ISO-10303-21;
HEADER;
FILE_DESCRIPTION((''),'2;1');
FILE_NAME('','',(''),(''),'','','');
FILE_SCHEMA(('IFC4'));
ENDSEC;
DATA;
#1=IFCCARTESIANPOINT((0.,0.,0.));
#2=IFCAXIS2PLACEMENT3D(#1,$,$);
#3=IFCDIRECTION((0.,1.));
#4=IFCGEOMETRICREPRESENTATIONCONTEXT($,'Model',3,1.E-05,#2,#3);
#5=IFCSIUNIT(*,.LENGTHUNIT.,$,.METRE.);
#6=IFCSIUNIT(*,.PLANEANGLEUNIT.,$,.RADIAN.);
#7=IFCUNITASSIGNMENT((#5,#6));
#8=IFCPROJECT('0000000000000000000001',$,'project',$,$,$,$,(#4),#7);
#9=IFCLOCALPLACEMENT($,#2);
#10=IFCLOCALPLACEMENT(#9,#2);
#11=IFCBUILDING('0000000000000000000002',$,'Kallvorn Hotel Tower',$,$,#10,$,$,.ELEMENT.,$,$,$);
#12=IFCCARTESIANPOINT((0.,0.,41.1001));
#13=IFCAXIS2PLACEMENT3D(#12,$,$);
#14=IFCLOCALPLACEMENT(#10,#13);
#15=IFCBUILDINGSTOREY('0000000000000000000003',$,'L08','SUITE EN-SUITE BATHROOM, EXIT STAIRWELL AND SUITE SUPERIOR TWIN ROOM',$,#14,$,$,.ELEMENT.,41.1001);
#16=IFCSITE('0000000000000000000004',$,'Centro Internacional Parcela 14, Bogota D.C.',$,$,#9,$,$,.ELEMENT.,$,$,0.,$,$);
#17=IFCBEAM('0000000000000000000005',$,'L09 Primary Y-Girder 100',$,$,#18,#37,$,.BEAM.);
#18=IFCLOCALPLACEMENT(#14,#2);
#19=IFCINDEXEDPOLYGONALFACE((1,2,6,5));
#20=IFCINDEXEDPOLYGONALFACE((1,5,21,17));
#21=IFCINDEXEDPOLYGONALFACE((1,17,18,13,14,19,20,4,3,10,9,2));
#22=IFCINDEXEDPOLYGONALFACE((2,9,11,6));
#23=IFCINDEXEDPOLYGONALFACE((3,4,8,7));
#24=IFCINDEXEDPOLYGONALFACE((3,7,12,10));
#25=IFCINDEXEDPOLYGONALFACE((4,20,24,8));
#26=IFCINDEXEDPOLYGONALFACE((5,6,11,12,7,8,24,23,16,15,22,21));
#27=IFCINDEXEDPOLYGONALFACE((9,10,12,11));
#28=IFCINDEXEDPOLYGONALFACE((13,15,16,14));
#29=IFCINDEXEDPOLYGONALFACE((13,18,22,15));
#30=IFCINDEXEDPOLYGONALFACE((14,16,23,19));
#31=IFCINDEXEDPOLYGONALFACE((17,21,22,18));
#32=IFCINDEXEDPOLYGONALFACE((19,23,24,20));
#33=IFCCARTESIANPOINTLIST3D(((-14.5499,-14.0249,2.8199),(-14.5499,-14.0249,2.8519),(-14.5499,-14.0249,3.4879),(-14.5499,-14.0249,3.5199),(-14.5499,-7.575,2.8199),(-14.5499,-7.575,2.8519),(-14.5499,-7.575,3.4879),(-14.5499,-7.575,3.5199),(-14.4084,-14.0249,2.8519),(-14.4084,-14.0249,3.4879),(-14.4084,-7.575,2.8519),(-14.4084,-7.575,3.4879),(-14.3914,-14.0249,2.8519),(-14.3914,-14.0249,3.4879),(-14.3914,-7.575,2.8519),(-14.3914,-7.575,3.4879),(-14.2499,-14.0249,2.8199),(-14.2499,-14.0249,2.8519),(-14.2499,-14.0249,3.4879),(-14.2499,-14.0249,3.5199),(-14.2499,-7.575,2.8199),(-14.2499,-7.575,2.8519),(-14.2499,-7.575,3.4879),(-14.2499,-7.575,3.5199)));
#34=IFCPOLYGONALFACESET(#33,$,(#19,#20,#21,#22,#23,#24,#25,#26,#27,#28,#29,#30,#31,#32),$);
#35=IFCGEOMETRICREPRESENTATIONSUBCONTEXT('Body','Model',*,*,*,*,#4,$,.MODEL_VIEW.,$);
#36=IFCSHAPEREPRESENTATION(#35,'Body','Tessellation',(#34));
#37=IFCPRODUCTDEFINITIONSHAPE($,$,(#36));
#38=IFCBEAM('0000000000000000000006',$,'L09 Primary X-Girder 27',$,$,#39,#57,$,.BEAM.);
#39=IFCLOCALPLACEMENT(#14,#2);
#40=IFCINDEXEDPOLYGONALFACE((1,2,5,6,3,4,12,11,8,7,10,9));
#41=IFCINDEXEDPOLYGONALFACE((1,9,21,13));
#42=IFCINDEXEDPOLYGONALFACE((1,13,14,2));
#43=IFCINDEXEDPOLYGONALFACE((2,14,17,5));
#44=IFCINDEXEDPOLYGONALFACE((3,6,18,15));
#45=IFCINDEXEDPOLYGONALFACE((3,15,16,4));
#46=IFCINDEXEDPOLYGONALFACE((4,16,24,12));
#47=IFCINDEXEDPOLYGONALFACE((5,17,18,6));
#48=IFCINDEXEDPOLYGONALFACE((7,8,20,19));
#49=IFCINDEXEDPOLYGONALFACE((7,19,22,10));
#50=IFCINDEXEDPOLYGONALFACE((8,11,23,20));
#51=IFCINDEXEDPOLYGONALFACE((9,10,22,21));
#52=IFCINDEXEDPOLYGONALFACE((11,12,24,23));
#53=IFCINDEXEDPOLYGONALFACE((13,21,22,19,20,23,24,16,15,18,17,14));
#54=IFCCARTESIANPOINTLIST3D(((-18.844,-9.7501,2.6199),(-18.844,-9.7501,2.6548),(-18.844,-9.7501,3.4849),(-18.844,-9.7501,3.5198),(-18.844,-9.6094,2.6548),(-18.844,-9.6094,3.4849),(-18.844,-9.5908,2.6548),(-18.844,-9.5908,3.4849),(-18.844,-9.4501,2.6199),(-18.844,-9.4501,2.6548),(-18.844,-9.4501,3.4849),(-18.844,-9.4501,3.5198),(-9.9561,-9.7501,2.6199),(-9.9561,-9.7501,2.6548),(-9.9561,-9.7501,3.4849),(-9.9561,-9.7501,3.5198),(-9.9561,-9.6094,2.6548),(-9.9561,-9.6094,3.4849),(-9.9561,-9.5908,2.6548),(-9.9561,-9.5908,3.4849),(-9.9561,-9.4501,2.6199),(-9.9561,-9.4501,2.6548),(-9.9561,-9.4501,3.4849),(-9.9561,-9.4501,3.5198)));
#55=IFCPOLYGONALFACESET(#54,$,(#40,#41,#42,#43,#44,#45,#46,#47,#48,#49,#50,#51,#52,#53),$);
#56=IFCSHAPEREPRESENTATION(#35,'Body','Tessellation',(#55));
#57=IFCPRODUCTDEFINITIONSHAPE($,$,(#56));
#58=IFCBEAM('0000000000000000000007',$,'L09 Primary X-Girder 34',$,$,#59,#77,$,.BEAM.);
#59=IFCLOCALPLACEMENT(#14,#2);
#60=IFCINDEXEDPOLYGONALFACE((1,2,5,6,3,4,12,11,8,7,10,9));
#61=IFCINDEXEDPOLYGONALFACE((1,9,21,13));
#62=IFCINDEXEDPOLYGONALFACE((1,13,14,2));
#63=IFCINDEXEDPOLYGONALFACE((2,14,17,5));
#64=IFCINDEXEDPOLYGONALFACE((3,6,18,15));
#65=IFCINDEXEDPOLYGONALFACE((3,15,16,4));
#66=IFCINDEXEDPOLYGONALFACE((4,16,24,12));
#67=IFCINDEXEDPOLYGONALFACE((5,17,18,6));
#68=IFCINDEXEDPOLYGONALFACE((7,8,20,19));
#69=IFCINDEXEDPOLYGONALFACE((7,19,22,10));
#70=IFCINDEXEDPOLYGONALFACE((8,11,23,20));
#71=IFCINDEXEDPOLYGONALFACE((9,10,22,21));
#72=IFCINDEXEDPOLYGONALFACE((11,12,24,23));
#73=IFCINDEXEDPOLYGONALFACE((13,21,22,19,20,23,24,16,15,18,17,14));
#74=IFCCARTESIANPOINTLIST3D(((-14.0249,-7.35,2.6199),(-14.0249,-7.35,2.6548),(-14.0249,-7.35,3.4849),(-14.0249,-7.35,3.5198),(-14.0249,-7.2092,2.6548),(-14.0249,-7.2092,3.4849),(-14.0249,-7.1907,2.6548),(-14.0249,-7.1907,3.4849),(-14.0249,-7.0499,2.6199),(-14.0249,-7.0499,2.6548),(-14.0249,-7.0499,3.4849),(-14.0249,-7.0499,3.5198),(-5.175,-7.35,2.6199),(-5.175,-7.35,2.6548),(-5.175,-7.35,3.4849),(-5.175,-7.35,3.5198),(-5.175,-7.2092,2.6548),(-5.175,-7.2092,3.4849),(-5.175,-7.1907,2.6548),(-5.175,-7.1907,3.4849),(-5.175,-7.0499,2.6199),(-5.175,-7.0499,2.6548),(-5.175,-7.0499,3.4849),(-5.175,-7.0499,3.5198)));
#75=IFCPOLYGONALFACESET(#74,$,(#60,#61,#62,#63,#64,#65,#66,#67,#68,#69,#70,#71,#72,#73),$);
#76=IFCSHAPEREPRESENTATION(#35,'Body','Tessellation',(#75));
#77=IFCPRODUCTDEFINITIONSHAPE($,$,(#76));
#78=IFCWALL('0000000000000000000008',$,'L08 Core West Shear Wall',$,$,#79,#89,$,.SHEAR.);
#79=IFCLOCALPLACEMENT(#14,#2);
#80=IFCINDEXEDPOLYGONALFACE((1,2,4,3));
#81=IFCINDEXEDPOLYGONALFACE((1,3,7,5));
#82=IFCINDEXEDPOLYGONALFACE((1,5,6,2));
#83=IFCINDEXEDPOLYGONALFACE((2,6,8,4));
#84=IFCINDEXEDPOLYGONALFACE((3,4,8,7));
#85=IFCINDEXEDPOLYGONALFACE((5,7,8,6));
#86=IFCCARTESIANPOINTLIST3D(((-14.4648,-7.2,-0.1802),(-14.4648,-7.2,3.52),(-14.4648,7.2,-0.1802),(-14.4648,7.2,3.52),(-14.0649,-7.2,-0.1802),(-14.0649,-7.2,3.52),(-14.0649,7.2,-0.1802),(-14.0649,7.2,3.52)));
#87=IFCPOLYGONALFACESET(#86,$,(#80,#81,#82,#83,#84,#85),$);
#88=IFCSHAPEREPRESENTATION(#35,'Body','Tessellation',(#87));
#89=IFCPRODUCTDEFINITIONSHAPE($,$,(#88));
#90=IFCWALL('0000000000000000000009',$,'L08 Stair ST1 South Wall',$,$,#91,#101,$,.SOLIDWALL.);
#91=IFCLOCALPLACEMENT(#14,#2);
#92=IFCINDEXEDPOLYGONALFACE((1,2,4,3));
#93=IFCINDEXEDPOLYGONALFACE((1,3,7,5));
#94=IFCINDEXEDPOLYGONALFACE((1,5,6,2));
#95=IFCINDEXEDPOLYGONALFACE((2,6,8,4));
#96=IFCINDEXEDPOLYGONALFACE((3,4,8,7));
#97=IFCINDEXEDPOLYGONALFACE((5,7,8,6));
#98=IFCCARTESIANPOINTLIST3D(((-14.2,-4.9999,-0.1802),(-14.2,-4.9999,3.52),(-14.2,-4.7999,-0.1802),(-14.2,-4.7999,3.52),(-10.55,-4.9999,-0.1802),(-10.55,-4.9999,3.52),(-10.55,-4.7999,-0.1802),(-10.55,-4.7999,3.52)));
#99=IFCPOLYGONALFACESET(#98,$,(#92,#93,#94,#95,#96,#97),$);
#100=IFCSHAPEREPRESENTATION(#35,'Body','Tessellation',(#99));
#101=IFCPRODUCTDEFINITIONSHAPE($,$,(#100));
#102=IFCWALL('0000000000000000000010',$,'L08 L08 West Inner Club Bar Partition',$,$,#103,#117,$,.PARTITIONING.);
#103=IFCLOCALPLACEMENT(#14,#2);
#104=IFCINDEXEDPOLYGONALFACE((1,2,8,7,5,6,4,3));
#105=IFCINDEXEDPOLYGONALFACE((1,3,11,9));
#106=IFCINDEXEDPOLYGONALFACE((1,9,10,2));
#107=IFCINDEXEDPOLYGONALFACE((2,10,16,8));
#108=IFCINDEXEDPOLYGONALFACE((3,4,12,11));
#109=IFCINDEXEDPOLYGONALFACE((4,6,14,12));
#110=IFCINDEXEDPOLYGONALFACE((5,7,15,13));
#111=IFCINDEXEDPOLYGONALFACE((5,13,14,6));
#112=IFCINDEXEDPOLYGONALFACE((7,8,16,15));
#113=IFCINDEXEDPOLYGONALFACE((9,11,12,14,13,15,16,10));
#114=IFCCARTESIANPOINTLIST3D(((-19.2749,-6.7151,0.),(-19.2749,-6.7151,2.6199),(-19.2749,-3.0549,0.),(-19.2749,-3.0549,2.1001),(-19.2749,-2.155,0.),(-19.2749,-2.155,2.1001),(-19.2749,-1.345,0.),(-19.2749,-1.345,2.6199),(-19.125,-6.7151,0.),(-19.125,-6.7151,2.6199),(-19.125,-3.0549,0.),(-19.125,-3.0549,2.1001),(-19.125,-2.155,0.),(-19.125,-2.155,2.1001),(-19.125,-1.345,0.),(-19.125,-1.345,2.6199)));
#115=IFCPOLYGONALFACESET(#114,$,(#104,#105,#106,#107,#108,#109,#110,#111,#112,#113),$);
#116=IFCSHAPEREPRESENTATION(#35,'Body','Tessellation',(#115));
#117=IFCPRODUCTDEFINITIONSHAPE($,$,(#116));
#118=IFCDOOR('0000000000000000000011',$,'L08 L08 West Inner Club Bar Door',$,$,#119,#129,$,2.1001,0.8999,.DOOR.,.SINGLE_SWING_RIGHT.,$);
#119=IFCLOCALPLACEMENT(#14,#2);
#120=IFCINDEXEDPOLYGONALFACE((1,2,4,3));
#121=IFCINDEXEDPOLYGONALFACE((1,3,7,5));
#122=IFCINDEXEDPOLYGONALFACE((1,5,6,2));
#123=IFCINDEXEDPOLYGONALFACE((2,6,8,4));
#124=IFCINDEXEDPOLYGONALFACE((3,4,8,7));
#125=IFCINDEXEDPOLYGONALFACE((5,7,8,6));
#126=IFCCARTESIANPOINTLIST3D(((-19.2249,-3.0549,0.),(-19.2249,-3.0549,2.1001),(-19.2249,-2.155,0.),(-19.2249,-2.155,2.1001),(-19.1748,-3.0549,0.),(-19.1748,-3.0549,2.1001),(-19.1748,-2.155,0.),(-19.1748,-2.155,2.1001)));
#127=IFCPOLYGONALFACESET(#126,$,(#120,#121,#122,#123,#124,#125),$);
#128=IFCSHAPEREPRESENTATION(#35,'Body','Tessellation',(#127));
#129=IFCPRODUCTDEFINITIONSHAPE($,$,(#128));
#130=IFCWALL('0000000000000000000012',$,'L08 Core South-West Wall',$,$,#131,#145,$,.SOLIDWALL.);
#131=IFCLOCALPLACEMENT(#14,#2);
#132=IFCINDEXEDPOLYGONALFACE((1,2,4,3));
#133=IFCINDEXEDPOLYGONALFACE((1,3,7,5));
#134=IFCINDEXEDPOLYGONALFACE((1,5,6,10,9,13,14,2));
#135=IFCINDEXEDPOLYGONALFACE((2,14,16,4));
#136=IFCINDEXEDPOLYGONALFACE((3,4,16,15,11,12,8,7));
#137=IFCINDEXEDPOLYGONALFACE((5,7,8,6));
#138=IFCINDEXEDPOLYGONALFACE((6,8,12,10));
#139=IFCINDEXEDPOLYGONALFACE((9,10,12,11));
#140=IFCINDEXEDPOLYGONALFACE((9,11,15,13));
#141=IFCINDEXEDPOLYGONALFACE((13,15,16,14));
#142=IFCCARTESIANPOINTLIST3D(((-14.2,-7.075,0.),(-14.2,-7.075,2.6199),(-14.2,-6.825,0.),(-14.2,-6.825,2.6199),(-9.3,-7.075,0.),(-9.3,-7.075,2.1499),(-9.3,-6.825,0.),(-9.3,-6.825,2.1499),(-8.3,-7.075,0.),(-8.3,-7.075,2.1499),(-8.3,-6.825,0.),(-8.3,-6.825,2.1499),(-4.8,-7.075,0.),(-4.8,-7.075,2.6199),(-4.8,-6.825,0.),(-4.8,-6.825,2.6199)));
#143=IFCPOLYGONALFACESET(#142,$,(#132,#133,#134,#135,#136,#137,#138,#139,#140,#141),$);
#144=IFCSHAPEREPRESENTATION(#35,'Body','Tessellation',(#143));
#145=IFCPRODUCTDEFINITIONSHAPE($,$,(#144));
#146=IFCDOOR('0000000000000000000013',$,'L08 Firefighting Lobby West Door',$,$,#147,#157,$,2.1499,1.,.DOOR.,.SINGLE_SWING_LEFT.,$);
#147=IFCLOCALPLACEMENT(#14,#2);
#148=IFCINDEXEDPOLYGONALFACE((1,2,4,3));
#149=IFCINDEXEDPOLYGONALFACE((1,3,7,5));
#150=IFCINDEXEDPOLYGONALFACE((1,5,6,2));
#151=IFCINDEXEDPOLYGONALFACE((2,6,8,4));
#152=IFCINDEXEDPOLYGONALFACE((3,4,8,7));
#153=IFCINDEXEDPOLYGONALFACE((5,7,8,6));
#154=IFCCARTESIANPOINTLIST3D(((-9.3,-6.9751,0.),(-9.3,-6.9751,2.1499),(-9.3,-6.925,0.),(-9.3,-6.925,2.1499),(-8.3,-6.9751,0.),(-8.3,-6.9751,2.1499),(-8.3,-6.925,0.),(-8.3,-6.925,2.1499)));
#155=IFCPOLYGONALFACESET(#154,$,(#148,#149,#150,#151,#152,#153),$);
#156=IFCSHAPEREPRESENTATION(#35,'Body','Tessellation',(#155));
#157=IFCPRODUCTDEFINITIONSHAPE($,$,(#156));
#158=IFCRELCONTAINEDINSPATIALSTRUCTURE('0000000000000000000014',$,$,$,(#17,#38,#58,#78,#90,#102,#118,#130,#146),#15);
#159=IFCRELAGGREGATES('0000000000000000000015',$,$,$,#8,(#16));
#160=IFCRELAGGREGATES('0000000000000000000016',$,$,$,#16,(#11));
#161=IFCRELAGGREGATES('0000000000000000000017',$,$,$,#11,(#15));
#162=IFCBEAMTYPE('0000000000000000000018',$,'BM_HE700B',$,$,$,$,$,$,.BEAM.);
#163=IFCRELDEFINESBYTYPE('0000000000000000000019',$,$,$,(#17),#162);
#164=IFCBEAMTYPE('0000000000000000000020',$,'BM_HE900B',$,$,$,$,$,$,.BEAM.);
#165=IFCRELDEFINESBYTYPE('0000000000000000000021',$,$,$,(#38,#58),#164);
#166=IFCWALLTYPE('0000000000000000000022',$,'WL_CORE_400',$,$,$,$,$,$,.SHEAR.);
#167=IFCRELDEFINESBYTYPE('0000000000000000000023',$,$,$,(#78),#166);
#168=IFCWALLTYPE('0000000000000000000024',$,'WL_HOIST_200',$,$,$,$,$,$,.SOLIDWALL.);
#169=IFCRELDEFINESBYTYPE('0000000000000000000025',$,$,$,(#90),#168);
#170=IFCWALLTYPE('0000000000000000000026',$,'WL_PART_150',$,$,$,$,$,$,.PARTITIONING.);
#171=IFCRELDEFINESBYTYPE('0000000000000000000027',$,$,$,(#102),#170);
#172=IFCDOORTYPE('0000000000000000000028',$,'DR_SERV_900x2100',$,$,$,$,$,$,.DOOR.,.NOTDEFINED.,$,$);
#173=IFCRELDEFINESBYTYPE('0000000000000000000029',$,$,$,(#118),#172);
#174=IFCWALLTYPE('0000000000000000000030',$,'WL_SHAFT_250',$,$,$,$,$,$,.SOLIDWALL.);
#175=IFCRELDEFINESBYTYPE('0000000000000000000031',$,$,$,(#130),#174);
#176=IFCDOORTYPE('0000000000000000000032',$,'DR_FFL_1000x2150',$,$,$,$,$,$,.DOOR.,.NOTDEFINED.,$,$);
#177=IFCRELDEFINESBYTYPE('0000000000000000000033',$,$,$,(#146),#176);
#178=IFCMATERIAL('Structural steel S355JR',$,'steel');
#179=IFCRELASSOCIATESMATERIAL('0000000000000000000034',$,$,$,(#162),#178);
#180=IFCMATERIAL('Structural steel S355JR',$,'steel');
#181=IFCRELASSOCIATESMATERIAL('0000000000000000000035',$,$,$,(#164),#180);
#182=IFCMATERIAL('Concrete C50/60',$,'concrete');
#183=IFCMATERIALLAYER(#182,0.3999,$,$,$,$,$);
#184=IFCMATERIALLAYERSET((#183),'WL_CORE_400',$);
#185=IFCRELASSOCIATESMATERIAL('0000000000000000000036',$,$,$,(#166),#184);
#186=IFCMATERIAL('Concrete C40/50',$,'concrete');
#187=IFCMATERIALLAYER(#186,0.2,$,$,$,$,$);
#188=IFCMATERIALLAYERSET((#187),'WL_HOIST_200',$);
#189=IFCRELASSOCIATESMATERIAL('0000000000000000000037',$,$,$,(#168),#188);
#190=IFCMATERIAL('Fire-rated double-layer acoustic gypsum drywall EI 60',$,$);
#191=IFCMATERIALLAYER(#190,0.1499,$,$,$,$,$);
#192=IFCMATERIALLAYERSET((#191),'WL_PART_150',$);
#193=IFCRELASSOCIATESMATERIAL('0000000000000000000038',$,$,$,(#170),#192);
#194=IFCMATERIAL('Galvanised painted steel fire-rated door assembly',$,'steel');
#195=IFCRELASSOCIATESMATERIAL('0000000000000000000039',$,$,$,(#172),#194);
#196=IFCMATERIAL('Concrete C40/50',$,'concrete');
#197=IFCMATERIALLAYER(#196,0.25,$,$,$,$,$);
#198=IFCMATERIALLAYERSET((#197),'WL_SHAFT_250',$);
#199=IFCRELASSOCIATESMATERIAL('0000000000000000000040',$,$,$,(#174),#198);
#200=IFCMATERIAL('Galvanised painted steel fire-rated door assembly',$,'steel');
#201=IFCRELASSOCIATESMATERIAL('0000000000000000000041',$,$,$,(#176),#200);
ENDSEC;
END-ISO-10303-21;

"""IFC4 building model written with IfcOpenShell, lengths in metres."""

from ifc_helpers import new_model, si_unit, direction, frame, frame_2d, origin, origin_2d, place, context, subcontext, project, spatial, rectangle, i_section, extrude, material, layer, layer_set, material_profile, profile_set, type_object, element, fill, save


model = new_model("IFC4")

# Units and contexts
model_context = context("Model", 3, precision=1e-05, world=origin(), true_north=direction((0.0, 1.0)))
body_context = subcontext(model_context, "Body", "Model", "MODEL_VIEW")
ifc_project = project(units=[si_unit("LENGTHUNIT", "METRE"), si_unit("PLANEANGLEUNIT", "RADIAN")], contexts=[model_context])

# Site, building, storey
site_placement = place(None, origin())
site = spatial("IfcSite", under=ifc_project, at=site_placement, Name="Centro Internacional Parcela 14, Bogota D.C.", CompositionType="ELEMENT", RefElevation=0.0)
building_placement = place(site_placement, origin())
building = spatial("IfcBuilding", under=site, at=building_placement, Name="Kallvorn Hotel Tower", CompositionType="ELEMENT")
storey_placement = place(building_placement, frame((0.0, 0.0, 41.1001)))
storey = spatial("IfcBuildingStorey", under=building, at=storey_placement, Name="L08", Description="SUITE EN-SUITE BATHROOM, EXIT STAIRWELL AND SUITE SUPERIOR TWIN ROOM", CompositionType="ELEMENT", Elevation=41.1001)

# Beams
ifc_material_1 = material(Name="Structural steel S355JR", Category="steel")
ifc_material_profile_1 = material_profile(ifc_material_1, i_section(OverallWidth=0.3, OverallDepth=0.7, WebThickness=0.0171, FlangeThickness=0.032, at=origin_2d()), Name="HE 700 B")
ifc_profile_set_1 = profile_set([ifc_material_profile_1], Name="Structural steel S355JR")
beam_type_1 = type_object("IfcBeamType", Name="BM_HE700B", PredefinedType="BEAM", material=ifc_profile_set_1)
beam_1_placement = place(storey_placement, frame((-14.3999, -14.0249, 3.1699), z_axis=(0.0, 1.0, 0.0), x_axis=(-1.0, 0.0, 0.0)))
element("IfcBeam", 1, at=beam_1_placement, inside=storey, type_object=beam_type_1, Name="L09 Primary Y-Girder 100", PredefinedType="BEAM", context=body_context, shape_type="SweptSolid", body=[
    extrude(i_section(OverallWidth=0.3, OverallDepth=0.7, WebThickness=0.0171, FlangeThickness=0.032, at=origin_2d()), origin(), (0.0, 0.0, 1.0), 6.45),
])
ifc_material_2 = material(Name="Structural steel S355JR", Category="steel")
ifc_material_profile_2 = material_profile(ifc_material_2, i_section(OverallWidth=0.3, OverallDepth=0.8999, WebThickness=0.0186, FlangeThickness=0.0349, at=origin_2d()), Name="HE 900 B")
ifc_profile_set_2 = profile_set([ifc_material_profile_2], Name="Structural steel S355JR")
beam_type_2 = type_object("IfcBeamType", Name="BM_HE900B", PredefinedType="BEAM", material=ifc_profile_set_2)
beam_2_placement = place(storey_placement, frame((-18.844, -9.6001, 3.0698), z_axis=(1.0, 0.0, 0.0), x_axis=(0.0, 1.0, 0.0)))
element("IfcBeam", 2, at=beam_2_placement, inside=storey, type_object=beam_type_2, Name="L09 Primary X-Girder 27", PredefinedType="BEAM", context=body_context, shape_type="SweptSolid", body=[
    extrude(i_section(OverallWidth=0.3, OverallDepth=0.8999, WebThickness=0.0186, FlangeThickness=0.0349, at=origin_2d()), origin(), (0.0, 0.0, 1.0), 8.8879),
])
beam_3_placement = place(storey_placement, frame((-14.0249, -7.2, 3.0698), z_axis=(1.0, 0.0, 0.0), x_axis=(0.0, 1.0, 0.0)))
element("IfcBeam", 3, at=beam_3_placement, inside=storey, type_object=beam_type_2, Name="L09 Primary X-Girder 34", PredefinedType="BEAM", context=body_context, shape_type="SweptSolid", body=[
    extrude(i_section(OverallWidth=0.3, OverallDepth=0.8999, WebThickness=0.0186, FlangeThickness=0.0349, at=origin_2d()), origin(), (0.0, 0.0, 1.0), 8.8499),
])

# Walls
ifc_material_3 = material(Name="Concrete C50/60", Category="concrete")
ifc_layer_1 = layer(ifc_material_3, 0.3999)
ifc_layer_set_1 = layer_set([ifc_layer_1], Name="WL_CORE_400")
wall_type_1 = type_object("IfcWallType", Name="WL_CORE_400", PredefinedType="SHEAR", material=ifc_layer_set_1)
wall_1_placement = place(storey_placement, frame((-14.2649, -7.2, -0.1802), z_axis=(0.0, 0.0, 1.0), x_axis=(0.0, 1.0, 0.0)))
element("IfcWall", 4, at=wall_1_placement, inside=storey, type_object=wall_type_1, Name="L08 Core West Shear Wall", PredefinedType="SHEAR", context=body_context, shape_type="SweptSolid", body=[
    extrude(rectangle(XDim=14.3999, YDim=0.3999, at=frame_2d((7.2, 0.0))), origin(), (0.0, 0.0, 1.0), 3.7002),
])
ifc_material_4 = material(Name="Concrete C40/50", Category="concrete")
ifc_layer_2 = layer(ifc_material_4, 0.2)
ifc_layer_set_2 = layer_set([ifc_layer_2], Name="WL_HOIST_200")
wall_type_2 = type_object("IfcWallType", Name="WL_HOIST_200", PredefinedType="SOLIDWALL", material=ifc_layer_set_2)
wall_2_placement = place(storey_placement, frame((-14.2, -4.8999, -0.1802), z_axis=(0.0, 0.0, 1.0), x_axis=(1.0, 0.0, 0.0)))
element("IfcWall", 5, at=wall_2_placement, inside=storey, type_object=wall_type_2, Name="L08 Stair ST1 South Wall", PredefinedType="SOLIDWALL", context=body_context, shape_type="SweptSolid", body=[
    extrude(rectangle(XDim=3.6499, YDim=0.2, at=frame_2d((1.825, 0.0))), origin(), (0.0, 0.0, 1.0), 3.7002),
])

# Walls, openings, doors
ifc_material_5 = material(Name="Fire-rated double-layer acoustic gypsum drywall EI 60")
ifc_layer_3 = layer(ifc_material_5, 0.1499)
ifc_layer_set_3 = layer_set([ifc_layer_3], Name="WL_PART_150")
wall_type_3 = type_object("IfcWallType", Name="WL_PART_150", PredefinedType="PARTITIONING", material=ifc_layer_set_3)
wall_3_placement = place(storey_placement, frame((-19.2, -6.7151, 0.0), z_axis=(0.0, 0.0, 1.0), x_axis=(0.0, 1.0, 0.0)))
wall_3 = element("IfcWall", 6, at=wall_3_placement, inside=storey, type_object=wall_type_3, Name="L08 L08 West Inner Club Bar Partition", PredefinedType="PARTITIONING", context=body_context, shape_type="SweptSolid", body=[
    extrude(rectangle(XDim=5.3701, YDim=0.1499, at=frame_2d((2.6851, 0.0))), origin(), (0.0, 0.0, 1.0), 2.6199),
])
opening_1_placement = place(wall_3_placement, frame((3.6602, 0.0, 0.0)))
opening_1 = element("IfcOpeningElement", 7, at=opening_1_placement, cuts=wall_3, PredefinedType="OPENING", context=body_context, shape_type="SweptSolid", body=[
    extrude(rectangle(XDim=0.8999, YDim=2.1001, at=frame_2d((0.45, 1.05))), frame((0.0, 0.0898, 0.0), z_axis=(0.0, -1.0, 0.0), x_axis=(1.0, 0.0, 0.0)), (0.0, 0.0, 1.0), 0.1799),
])
ifc_material_6 = material(Name="Galvanised painted steel fire-rated door assembly", Category="steel")
door_type_1 = type_object("IfcDoorType", Name="DR_SERV_900x2100", OperationType="NOTDEFINED", PredefinedType="DOOR", material=ifc_material_6)
door_1_placement = place(opening_1_placement, origin())
door_1 = element("IfcDoor", 8, at=door_1_placement, inside=storey, type_object=door_type_1, Name="L08 L08 West Inner Club Bar Door", OperationType="SINGLE_SWING_RIGHT", OverallHeight=2.1001, OverallWidth=0.8999, PredefinedType="DOOR", context=body_context, shape_type="SweptSolid", body=[
    extrude(rectangle(XDim=0.8999, YDim=2.1001, at=frame_2d((0.45, 1.05))), frame((0.0, 0.0249, 0.0), z_axis=(0.0, -1.0, 0.0), x_axis=(1.0, 0.0, 0.0)), (0.0, 0.0, 1.0), 0.05),
])
fill(opening_1, door_1)
ifc_material_7 = material(Name="Concrete C40/50", Category="concrete")
ifc_layer_4 = layer(ifc_material_7, 0.25)
ifc_layer_set_4 = layer_set([ifc_layer_4], Name="WL_SHAFT_250")
wall_type_4 = type_object("IfcWallType", Name="WL_SHAFT_250", PredefinedType="SOLIDWALL", material=ifc_layer_set_4)
wall_4_placement = place(storey_placement, frame((-14.2, -6.95, 0.0), z_axis=(0.0, 0.0, 1.0), x_axis=(1.0, 0.0, 0.0)))
wall_4 = element("IfcWall", 9, at=wall_4_placement, inside=storey, type_object=wall_type_4, Name="L08 Core South-West Wall", PredefinedType="SOLIDWALL", context=body_context, shape_type="SweptSolid", body=[
    extrude(rectangle(XDim=9.3999, YDim=0.25, at=frame_2d((4.7, 0.0))), origin(), (0.0, 0.0, 1.0), 2.6199),
])
opening_2_placement = place(wall_4_placement, frame((4.8999, 0.0, 0.0)))
opening_2 = element("IfcOpeningElement", 10, at=opening_2_placement, cuts=wall_4, PredefinedType="OPENING", context=body_context, shape_type="SweptSolid", body=[
    extrude(rectangle(XDim=1.0, YDim=2.1499, at=frame_2d((0.5, 1.075))), frame((0.0, 0.1399, 0.0), z_axis=(0.0, -1.0, 0.0), x_axis=(1.0, 0.0, 0.0)), (0.0, 0.0, 1.0), 0.28),
])
ifc_material_8 = material(Name="Galvanised painted steel fire-rated door assembly", Category="steel")
door_type_2 = type_object("IfcDoorType", Name="DR_FFL_1000x2150", OperationType="NOTDEFINED", PredefinedType="DOOR", material=ifc_material_8)
door_2_placement = place(opening_2_placement, origin())
door_2 = element("IfcDoor", 11, at=door_2_placement, inside=storey, type_object=door_type_2, Name="L08 Firefighting Lobby West Door", OperationType="SINGLE_SWING_LEFT", OverallHeight=2.1499, OverallWidth=1.0, PredefinedType="DOOR", context=body_context, shape_type="SweptSolid", body=[
    extrude(rectangle(XDim=1.0, YDim=2.1499, at=frame_2d((0.5, 1.075))), frame((0.0, 0.0249, 0.0), z_axis=(0.0, -1.0, 0.0), x_axis=(1.0, 0.0, 0.0)), (0.0, 0.0, 1.0), 0.05),
])
fill(opening_2, door_2)

save(model, "model.ifc")
